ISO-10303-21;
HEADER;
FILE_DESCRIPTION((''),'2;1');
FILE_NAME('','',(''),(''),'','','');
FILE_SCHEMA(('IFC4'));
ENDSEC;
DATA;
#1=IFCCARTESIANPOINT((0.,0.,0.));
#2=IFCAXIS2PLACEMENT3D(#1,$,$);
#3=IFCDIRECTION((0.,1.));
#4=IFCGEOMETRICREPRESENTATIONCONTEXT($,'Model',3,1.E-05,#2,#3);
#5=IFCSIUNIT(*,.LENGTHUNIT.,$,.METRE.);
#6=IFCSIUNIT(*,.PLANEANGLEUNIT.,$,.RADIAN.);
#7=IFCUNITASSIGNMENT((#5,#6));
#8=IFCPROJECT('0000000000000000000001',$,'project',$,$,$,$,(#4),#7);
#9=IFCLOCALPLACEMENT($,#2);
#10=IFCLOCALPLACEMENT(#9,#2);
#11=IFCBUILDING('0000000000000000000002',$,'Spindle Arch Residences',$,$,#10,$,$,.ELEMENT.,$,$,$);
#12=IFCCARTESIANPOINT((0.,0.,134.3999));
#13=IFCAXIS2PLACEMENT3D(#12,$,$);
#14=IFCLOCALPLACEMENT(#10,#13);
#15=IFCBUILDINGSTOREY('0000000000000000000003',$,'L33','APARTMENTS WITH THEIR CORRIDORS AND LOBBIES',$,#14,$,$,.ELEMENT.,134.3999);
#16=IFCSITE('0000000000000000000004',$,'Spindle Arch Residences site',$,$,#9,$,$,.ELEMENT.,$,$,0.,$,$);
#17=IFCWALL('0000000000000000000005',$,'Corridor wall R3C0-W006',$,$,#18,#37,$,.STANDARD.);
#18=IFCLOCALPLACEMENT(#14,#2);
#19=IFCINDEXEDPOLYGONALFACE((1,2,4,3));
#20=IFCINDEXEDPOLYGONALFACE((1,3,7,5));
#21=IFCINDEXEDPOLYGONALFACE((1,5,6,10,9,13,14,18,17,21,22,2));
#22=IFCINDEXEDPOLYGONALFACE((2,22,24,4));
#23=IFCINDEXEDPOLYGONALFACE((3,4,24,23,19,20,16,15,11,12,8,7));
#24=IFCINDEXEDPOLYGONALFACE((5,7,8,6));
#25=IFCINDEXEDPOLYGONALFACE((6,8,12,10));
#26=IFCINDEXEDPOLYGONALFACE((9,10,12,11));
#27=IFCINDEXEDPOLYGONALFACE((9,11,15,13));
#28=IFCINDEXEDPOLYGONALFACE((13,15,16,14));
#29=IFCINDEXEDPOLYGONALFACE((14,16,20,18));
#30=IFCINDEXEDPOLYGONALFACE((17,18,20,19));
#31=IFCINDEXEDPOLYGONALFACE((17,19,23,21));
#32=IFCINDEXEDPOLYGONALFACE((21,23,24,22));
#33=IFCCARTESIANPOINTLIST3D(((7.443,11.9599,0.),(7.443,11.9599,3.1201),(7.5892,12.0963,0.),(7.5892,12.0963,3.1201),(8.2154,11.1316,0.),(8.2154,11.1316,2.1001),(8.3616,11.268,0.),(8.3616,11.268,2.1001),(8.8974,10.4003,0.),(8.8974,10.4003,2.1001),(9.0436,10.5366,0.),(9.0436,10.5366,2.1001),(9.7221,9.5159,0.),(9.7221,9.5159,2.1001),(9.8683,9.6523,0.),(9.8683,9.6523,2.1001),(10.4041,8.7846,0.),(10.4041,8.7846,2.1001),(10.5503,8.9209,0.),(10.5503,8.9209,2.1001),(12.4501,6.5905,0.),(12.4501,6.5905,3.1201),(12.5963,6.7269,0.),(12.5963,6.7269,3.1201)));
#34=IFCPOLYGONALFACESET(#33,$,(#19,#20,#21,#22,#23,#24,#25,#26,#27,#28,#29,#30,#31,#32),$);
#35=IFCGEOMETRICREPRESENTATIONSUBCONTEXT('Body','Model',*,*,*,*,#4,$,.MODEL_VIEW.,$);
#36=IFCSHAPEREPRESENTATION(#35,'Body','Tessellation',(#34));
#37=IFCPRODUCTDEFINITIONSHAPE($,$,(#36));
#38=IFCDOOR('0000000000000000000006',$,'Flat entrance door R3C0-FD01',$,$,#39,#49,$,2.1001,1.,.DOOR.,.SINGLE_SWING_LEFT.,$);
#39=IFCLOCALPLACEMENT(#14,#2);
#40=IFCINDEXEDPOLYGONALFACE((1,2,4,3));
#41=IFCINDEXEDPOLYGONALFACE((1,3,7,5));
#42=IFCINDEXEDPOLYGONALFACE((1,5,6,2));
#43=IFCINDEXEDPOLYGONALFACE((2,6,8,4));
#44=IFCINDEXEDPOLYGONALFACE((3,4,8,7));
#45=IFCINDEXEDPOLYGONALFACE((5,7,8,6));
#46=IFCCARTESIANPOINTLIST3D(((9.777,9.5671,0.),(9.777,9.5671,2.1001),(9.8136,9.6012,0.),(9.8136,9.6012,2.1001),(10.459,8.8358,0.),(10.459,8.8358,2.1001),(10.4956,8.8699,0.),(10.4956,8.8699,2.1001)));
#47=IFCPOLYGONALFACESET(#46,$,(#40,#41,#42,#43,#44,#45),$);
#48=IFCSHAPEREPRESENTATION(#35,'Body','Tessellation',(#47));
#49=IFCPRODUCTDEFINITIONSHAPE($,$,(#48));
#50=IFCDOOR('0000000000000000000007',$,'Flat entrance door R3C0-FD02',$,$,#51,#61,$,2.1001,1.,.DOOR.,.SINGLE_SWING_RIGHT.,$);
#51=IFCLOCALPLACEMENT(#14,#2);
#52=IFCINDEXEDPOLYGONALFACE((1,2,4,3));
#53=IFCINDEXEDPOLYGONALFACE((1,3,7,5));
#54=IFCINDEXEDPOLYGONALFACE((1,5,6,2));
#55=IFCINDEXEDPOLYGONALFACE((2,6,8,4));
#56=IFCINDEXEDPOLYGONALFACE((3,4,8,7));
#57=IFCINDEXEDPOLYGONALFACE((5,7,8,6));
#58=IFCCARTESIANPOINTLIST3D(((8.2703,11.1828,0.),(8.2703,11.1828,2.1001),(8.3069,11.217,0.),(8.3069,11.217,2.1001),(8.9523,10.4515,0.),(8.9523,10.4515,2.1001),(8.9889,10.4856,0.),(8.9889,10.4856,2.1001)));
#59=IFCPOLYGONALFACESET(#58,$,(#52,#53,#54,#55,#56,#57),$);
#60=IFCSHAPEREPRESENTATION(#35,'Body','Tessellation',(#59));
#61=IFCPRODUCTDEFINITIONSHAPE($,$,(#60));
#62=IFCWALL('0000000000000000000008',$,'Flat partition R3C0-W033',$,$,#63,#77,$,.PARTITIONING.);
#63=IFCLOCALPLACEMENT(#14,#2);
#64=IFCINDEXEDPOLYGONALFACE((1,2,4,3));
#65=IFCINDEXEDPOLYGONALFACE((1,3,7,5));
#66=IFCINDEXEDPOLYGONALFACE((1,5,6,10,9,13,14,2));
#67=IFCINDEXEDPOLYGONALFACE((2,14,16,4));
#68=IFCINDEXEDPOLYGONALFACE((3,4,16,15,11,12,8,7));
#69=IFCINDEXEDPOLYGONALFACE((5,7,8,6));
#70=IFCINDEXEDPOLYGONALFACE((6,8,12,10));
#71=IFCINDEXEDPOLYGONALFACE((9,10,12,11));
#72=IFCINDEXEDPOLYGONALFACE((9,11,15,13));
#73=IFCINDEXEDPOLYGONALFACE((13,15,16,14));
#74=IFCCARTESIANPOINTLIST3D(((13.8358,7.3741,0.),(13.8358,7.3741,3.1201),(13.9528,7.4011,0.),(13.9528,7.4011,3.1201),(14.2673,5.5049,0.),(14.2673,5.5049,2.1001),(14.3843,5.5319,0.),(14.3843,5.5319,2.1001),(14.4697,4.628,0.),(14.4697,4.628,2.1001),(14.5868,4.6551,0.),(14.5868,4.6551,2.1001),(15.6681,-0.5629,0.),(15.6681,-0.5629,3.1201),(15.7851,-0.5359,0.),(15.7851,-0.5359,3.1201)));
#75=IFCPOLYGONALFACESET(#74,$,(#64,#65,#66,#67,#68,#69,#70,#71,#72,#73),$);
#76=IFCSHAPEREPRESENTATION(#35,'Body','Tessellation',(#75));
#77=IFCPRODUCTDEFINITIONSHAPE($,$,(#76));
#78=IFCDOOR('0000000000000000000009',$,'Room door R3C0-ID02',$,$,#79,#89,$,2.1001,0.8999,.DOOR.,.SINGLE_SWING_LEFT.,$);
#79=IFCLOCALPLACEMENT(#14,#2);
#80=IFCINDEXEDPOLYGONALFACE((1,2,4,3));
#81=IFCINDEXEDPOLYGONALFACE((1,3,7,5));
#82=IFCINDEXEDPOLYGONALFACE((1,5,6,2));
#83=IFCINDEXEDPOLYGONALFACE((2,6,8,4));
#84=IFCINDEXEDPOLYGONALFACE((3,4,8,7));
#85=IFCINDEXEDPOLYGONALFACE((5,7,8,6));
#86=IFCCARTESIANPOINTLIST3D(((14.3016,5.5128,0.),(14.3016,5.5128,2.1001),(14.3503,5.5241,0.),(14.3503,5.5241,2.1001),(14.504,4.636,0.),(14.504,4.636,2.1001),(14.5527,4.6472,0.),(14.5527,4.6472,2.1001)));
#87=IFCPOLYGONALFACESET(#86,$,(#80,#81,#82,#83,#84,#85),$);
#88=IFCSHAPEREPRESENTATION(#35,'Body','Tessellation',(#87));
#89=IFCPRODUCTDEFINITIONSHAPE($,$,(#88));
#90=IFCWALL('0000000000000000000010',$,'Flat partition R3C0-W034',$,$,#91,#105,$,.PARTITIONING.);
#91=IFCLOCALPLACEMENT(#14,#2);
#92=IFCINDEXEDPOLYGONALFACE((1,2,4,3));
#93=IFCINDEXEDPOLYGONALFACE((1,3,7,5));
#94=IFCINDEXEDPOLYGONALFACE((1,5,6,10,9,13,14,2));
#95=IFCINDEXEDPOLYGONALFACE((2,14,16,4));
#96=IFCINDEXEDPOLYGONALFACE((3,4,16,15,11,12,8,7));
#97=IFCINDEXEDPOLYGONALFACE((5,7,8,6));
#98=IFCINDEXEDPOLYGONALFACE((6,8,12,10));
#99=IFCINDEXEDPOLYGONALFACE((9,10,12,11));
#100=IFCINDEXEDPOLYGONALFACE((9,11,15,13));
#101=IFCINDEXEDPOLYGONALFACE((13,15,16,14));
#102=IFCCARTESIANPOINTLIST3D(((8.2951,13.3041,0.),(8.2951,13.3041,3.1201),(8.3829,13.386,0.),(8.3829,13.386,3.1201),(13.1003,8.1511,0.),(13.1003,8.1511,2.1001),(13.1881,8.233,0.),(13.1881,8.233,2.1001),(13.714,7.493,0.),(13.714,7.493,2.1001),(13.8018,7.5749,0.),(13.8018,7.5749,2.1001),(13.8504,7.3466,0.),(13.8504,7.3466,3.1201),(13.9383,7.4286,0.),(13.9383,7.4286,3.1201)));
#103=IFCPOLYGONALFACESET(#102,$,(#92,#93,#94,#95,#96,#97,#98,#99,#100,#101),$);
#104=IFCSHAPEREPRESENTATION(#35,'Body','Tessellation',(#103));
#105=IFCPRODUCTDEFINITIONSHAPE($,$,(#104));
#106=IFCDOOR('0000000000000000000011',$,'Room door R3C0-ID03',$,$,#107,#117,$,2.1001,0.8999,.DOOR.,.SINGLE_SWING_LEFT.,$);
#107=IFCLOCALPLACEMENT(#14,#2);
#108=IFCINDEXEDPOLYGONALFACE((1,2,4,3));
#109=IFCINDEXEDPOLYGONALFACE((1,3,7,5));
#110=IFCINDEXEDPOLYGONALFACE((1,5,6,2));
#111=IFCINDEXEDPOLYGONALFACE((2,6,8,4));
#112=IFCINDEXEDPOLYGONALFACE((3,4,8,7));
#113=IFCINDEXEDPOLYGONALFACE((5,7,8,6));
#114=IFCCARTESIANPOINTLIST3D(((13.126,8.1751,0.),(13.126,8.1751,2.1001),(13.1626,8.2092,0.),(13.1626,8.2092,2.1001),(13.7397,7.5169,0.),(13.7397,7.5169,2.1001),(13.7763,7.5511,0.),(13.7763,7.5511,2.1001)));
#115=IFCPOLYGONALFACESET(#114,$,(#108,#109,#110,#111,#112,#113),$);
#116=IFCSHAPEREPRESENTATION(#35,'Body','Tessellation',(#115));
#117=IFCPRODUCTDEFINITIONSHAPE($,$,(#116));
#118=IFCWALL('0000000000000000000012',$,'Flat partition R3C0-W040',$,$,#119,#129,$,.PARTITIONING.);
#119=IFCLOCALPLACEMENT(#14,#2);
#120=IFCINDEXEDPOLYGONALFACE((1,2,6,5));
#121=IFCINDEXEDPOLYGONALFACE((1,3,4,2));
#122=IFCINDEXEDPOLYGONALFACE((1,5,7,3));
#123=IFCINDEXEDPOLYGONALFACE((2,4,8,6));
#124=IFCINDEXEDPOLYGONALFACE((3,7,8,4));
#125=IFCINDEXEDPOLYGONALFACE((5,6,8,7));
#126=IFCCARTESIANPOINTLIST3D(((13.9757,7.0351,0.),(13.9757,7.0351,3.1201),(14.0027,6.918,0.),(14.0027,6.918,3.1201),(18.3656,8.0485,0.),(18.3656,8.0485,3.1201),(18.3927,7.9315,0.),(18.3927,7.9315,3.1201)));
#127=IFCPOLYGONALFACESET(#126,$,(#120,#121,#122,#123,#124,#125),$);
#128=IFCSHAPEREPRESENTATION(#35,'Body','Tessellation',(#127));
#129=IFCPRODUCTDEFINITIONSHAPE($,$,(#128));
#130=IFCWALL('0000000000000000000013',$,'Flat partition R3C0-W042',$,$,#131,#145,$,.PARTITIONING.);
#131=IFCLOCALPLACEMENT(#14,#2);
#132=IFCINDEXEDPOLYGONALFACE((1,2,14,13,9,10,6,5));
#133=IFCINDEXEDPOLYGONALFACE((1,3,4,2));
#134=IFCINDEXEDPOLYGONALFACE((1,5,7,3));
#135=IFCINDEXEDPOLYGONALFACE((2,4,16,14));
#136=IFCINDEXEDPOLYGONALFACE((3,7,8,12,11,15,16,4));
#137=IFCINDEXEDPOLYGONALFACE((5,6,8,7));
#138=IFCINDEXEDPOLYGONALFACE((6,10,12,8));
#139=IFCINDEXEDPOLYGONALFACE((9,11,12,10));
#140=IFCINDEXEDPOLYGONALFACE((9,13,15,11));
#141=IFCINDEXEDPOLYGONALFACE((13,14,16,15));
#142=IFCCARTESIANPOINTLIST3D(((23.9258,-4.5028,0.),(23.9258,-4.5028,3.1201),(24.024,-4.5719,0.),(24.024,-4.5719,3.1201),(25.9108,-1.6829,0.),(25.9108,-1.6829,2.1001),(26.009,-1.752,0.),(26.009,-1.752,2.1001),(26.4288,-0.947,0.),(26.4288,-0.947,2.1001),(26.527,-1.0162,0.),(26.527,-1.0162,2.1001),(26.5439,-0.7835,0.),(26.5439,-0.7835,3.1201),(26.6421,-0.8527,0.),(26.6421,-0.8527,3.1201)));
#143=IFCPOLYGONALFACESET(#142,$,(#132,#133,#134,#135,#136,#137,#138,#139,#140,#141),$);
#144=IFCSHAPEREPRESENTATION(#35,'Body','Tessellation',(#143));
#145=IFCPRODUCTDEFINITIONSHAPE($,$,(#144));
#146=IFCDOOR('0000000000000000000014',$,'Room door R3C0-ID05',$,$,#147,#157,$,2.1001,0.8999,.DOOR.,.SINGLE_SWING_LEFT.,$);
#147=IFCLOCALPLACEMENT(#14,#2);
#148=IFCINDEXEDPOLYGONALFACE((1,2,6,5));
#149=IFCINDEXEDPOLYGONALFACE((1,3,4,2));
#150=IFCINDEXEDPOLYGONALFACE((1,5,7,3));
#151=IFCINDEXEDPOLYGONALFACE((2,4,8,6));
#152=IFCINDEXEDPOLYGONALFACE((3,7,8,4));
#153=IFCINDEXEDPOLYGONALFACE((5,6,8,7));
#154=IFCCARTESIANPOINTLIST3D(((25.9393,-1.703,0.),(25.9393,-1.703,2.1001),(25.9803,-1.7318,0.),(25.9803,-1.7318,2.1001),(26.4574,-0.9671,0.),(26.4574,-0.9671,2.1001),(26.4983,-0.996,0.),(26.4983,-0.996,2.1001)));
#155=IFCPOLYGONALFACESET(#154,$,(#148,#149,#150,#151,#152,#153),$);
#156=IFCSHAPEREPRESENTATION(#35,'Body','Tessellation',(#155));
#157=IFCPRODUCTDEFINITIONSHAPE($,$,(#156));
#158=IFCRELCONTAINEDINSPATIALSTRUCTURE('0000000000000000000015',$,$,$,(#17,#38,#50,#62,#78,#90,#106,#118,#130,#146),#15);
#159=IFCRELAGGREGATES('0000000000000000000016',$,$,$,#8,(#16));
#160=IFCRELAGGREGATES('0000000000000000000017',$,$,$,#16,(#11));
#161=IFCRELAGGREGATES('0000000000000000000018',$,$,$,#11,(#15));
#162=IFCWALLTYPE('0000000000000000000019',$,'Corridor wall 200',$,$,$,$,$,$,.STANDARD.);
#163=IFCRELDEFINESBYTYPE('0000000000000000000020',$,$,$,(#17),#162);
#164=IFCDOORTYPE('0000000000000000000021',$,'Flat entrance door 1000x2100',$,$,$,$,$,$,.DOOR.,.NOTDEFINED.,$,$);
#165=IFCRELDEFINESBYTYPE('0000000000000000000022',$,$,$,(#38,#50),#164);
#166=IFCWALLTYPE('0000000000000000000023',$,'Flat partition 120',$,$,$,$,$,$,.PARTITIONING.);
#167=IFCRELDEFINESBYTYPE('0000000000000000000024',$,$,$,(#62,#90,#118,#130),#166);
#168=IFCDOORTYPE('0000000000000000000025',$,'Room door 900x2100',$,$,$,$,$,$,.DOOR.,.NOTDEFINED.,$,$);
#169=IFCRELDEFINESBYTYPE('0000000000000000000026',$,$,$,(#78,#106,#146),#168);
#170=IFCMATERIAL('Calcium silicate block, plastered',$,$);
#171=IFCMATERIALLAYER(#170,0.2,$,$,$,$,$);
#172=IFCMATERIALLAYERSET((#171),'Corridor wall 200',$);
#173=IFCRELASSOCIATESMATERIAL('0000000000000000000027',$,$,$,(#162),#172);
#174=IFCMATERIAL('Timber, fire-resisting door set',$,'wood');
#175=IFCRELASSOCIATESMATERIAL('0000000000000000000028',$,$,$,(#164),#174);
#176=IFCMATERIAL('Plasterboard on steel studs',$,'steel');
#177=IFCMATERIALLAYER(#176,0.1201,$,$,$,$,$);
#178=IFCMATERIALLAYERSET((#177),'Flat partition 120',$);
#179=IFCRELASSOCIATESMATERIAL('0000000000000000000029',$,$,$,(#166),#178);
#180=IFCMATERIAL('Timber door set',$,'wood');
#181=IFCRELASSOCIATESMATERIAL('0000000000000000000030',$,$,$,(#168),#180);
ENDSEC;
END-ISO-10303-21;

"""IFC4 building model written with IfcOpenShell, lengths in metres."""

from ifc_helpers import new_model, si_unit, direction, frame, frame_2d, origin, place, context, subcontext, project, spatial, rectangle, extrude, material, layer, layer_set, type_object, element, fill, save


model = new_model("IFC4")

# Units and contexts
model_context = context("Model", 3, precision=1e-05, world=origin(), true_north=direction((0.0, 1.0)))
body_context = subcontext(model_context, "Body", "Model", "MODEL_VIEW")
ifc_project = project(units=[si_unit("LENGTHUNIT", "METRE"), si_unit("PLANEANGLEUNIT", "RADIAN")], contexts=[model_context])

# Site, building, storey
site_placement = place(None, origin())
site = spatial("IfcSite", under=ifc_project, at=site_placement, Name="Spindle Arch Residences site", CompositionType="ELEMENT", RefElevation=0.0)
building_placement = place(site_placement, origin())
building = spatial("IfcBuilding", under=site, at=building_placement, Name="Spindle Arch Residences", CompositionType="ELEMENT")
storey_placement = place(building_placement, frame((0.0, 0.0, 134.3999)))
storey = spatial("IfcBuildingStorey", under=building, at=storey_placement, Name="L33", Description="APARTMENTS WITH THEIR CORRIDORS AND LOBBIES", CompositionType="ELEMENT", Elevation=134.3999)

# Shared definitions
ifc_material_1 = material(Name="Calcium silicate block, plastered")
ifc_layer_1 = layer(ifc_material_1, 0.2)
ifc_layer_set_1 = layer_set([ifc_layer_1], Name="Corridor wall 200")
wall_type_1 = type_object("IfcWallType", Name="Corridor wall 200", PredefinedType="STANDARD", material=ifc_layer_set_1)

# Wall, openings, doors
wall_1_placement = place(storey_placement, frame((12.5232, 6.6587, 0.0), z_axis=(0.0, 0.0, 1.0), x_axis=(-0.682002, 0.73135, 0.0)))
wall_1 = element("IfcWall", 1, at=wall_1_placement, inside=storey, type_object=wall_type_1, Name="Corridor wall R3C0-W006", PredefinedType="STANDARD", context=body_context, shape_type="SweptSolid", body=[
    extrude(rectangle(XDim=7.3418, YDim=0.2, at=frame_2d((3.6709, 0.0))), origin(), (0.0, 0.0, 1.0), 3.1201),
])
opening_1_placement = place(wall_1_placement, frame((3.0, 0.0, 0.0)))
opening_1 = element("IfcOpeningElement", 2, at=opening_1_placement, cuts=wall_1, PredefinedType="OPENING", context=body_context, shape_type="SweptSolid", body=[
    extrude(rectangle(XDim=1.0, YDim=2.1001, at=frame_2d((0.5, 1.05))), frame((0.0, 0.1099, 0.0), z_axis=(0.0, -1.0, 0.0), x_axis=(1.0, 0.0, 0.0)), (0.0, 0.0, 1.0), 0.22),
])
opening_2_placement = place(wall_1_placement, frame((5.2092, 0.0, 0.0)))
opening_2 = element("IfcOpeningElement", 3, at=opening_2_placement, cuts=wall_1, PredefinedType="OPENING", context=body_context, shape_type="SweptSolid", body=[
    extrude(rectangle(XDim=1.0, YDim=2.1001, at=frame_2d((0.5, 1.05))), frame((0.0, 0.1099, 0.0), z_axis=(0.0, -1.0, 0.0), x_axis=(1.0, 0.0, 0.0)), (0.0, 0.0, 1.0), 0.22),
])
ifc_material_2 = material(Name="Timber, fire-resisting door set", Category="wood")
door_type_1 = type_object("IfcDoorType", Name="Flat entrance door 1000x2100", OperationType="NOTDEFINED", PredefinedType="DOOR", material=ifc_material_2)
door_1_placement = place(opening_1_placement, origin())
door_1 = element("IfcDoor", 4, at=door_1_placement, inside=storey, type_object=door_type_1, Name="Flat entrance door R3C0-FD01", OperationType="SINGLE_SWING_LEFT", OverallHeight=2.1001, OverallWidth=1.0, PredefinedType="DOOR", context=body_context, shape_type="SweptSolid", body=[
    extrude(rectangle(XDim=1.0, YDim=2.1001, at=frame_2d((0.5, 1.05))), frame((0.0, 0.0249, 0.0), z_axis=(0.0, -1.0, 0.0), x_axis=(1.0, 0.0, 0.0)), (0.0, 0.0, 1.0), 0.05),
])
fill(opening_1, door_1)
door_2_placement = place(opening_2_placement, origin())
door_2 = element("IfcDoor", 5, at=door_2_placement, inside=storey, type_object=door_type_1, Name="Flat entrance door R3C0-FD02", OperationType="SINGLE_SWING_RIGHT", OverallHeight=2.1001, OverallWidth=1.0, PredefinedType="DOOR", context=body_context, shape_type="SweptSolid", body=[
    extrude(rectangle(XDim=1.0, YDim=2.1001, at=frame_2d((0.5, 1.05))), frame((0.0, 0.0249, 0.0), z_axis=(0.0, -1.0, 0.0), x_axis=(1.0, 0.0, 0.0)), (0.0, 0.0, 1.0), 0.05),
])
fill(opening_2, door_2)

# Walls, openings, doors
ifc_material_3 = material(Name="Plasterboard on steel studs", Category="steel")
ifc_layer_2 = layer(ifc_material_3, 0.1201)
ifc_layer_set_2 = layer_set([ifc_layer_2], Name="Flat partition 120")
wall_type_2 = type_object("IfcWallType", Name="Flat partition 120", PredefinedType="PARTITIONING", material=ifc_layer_set_2)
wall_2_placement = place(storey_placement, frame((15.7266, -0.5493, 0.0), z_axis=(0.0, 0.0, 1.0), x_axis=(-0.224936, 0.974374, 0.0)))
wall_2 = element("IfcWall", 6, at=wall_2_placement, inside=storey, type_object=wall_type_2, Name="Flat partition R3C0-W033", PredefinedType="PARTITIONING", context=body_context, shape_type="SweptSolid", body=[
    extrude(rectangle(XDim=8.1458, YDim=0.1201, at=frame_2d((4.0728, 0.0))), origin(), (0.0, 0.0, 1.0), 3.1201),
])
opening_3_placement = place(wall_2_placement, frame((5.3274, 0.0, 0.0)))
opening_3 = element("IfcOpeningElement", 7, at=opening_3_placement, cuts=wall_2, PredefinedType="OPENING", context=body_context, shape_type="SweptSolid", body=[
    extrude(rectangle(XDim=0.8999, YDim=2.1001, at=frame_2d((0.45, 1.05))), frame((0.0, 0.0701, 0.0), z_axis=(0.0, -1.0, 0.0), x_axis=(1.0, 0.0, 0.0)), (0.0, 0.0, 1.0), 0.1401),
])
ifc_material_4 = material(Name="Timber door set", Category="wood")
door_type_2 = type_object("IfcDoorType", Name="Room door 900x2100", OperationType="NOTDEFINED", PredefinedType="DOOR", material=ifc_material_4)
door_3_placement = place(opening_3_placement, origin())
door_3 = element("IfcDoor", 8, at=door_3_placement, inside=storey, type_object=door_type_2, Name="Room door R3C0-ID02", OperationType="SINGLE_SWING_LEFT", OverallHeight=2.1001, OverallWidth=0.8999, PredefinedType="DOOR", context=body_context, shape_type="SweptSolid", body=[
    extrude(rectangle(XDim=0.8999, YDim=2.1001, at=frame_2d((0.45, 1.05))), frame((0.0, 0.0249, 0.0), z_axis=(0.0, -1.0, 0.0), x_axis=(1.0, 0.0, 0.0)), (0.0, 0.0, 1.0), 0.05),
])
fill(opening_3, door_3)
wall_3_placement = place(storey_placement, frame((13.8943, 7.3877, 0.0), z_axis=(0.0, 0.0, 1.0), x_axis=(-0.681995, 0.731357, 0.0)))
wall_3 = element("IfcWall", 9, at=wall_3_placement, inside=storey, type_object=wall_type_2, Name="Flat partition R3C0-W034", PredefinedType="PARTITIONING", context=body_context, shape_type="SweptSolid", body=[
    extrude(rectangle(XDim=8.1458, YDim=0.1201, at=frame_2d((4.0728, 0.0))), origin(), (0.0, 0.0, 1.0), 3.1201),
])
opening_4_placement = place(wall_3_placement, frame((0.2, 0.0, 0.0)))
opening_4 = element("IfcOpeningElement", 10, at=opening_4_placement, cuts=wall_3, PredefinedType="OPENING", context=body_context, shape_type="SweptSolid", body=[
    extrude(rectangle(XDim=0.8999, YDim=2.1001, at=frame_2d((0.45, 1.05))), frame((0.0, 0.0701, 0.0), z_axis=(0.0, -1.0, 0.0), x_axis=(1.0, 0.0, 0.0)), (0.0, 0.0, 1.0), 0.1401),
])
door_4_placement = place(opening_4_placement, origin())
door_4 = element("IfcDoor", 11, at=door_4_placement, inside=storey, type_object=door_type_2, Name="Room door R3C0-ID03", OperationType="SINGLE_SWING_LEFT", OverallHeight=2.1001, OverallWidth=0.8999, PredefinedType="DOOR", context=body_context, shape_type="SweptSolid", body=[
    extrude(rectangle(XDim=0.8999, YDim=2.1001, at=frame_2d((0.45, 1.05))), frame((0.0, 0.0249, 0.0), z_axis=(0.0, -1.0, 0.0), x_axis=(1.0, 0.0, 0.0)), (0.0, 0.0, 1.0), 0.05),
])
fill(opening_4, door_4)

# Wall
wall_4_placement = place(storey_placement, frame((18.3792, 7.99, 0.0), z_axis=(0.0, 0.0, 1.0), x_axis=(-0.974373, -0.224939, 0.0)))
element("IfcWall", 12, at=wall_4_placement, inside=storey, type_object=wall_type_2, Name="Flat partition R3C0-W040", PredefinedType="PARTITIONING", context=body_context, shape_type="SweptSolid", body=[
    extrude(rectangle(XDim=4.5054, YDim=0.1201, at=frame_2d((2.2527, 0.0))), origin(), (0.0, 0.0, 1.0), 3.1201),
])

# Wall, opening, door
wall_5_placement = place(storey_placement, frame((26.593, -0.8181, 0.0), z_axis=(0.0, 0.0, 1.0), x_axis=(-0.575629, -0.817711, 0.0)))
wall_5 = element("IfcWall", 13, at=wall_5_placement, inside=storey, type_object=wall_type_2, Name="Flat partition R3C0-W042", PredefinedType="PARTITIONING", context=body_context, shape_type="SweptSolid", body=[
    extrude(rectangle(XDim=4.5483, YDim=0.1201, at=frame_2d((2.2742, 0.0))), origin(), (0.0, 0.0, 1.0), 3.1201),
])
opening_5_placement = place(wall_5_placement, frame((0.2, 0.0, 0.0)))
opening_5 = element("IfcOpeningElement", 14, at=opening_5_placement, cuts=wall_5, PredefinedType="OPENING", context=body_context, shape_type="SweptSolid", body=[
    extrude(rectangle(XDim=0.8999, YDim=2.1001, at=frame_2d((0.45, 1.05))), frame((0.0, 0.0701, 0.0), z_axis=(0.0, -1.0, 0.0), x_axis=(1.0, 0.0, 0.0)), (0.0, 0.0, 1.0), 0.1401),
])
door_5_placement = place(opening_5_placement, origin())
door_5 = element("IfcDoor", 15, at=door_5_placement, inside=storey, type_object=door_type_2, Name="Room door R3C0-ID05", OperationType="SINGLE_SWING_LEFT", OverallHeight=2.1001, OverallWidth=0.8999, PredefinedType="DOOR", context=body_context, shape_type="SweptSolid", body=[
    extrude(rectangle(XDim=0.8999, YDim=2.1001, at=frame_2d((0.45, 1.05))), frame((0.0, 0.0249, 0.0), z_axis=(0.0, -1.0, 0.0), x_axis=(1.0, 0.0, 0.0)), (0.0, 0.0, 1.0), 0.05),
])
fill(opening_5, door_5)

save(model, "model.ifc")
